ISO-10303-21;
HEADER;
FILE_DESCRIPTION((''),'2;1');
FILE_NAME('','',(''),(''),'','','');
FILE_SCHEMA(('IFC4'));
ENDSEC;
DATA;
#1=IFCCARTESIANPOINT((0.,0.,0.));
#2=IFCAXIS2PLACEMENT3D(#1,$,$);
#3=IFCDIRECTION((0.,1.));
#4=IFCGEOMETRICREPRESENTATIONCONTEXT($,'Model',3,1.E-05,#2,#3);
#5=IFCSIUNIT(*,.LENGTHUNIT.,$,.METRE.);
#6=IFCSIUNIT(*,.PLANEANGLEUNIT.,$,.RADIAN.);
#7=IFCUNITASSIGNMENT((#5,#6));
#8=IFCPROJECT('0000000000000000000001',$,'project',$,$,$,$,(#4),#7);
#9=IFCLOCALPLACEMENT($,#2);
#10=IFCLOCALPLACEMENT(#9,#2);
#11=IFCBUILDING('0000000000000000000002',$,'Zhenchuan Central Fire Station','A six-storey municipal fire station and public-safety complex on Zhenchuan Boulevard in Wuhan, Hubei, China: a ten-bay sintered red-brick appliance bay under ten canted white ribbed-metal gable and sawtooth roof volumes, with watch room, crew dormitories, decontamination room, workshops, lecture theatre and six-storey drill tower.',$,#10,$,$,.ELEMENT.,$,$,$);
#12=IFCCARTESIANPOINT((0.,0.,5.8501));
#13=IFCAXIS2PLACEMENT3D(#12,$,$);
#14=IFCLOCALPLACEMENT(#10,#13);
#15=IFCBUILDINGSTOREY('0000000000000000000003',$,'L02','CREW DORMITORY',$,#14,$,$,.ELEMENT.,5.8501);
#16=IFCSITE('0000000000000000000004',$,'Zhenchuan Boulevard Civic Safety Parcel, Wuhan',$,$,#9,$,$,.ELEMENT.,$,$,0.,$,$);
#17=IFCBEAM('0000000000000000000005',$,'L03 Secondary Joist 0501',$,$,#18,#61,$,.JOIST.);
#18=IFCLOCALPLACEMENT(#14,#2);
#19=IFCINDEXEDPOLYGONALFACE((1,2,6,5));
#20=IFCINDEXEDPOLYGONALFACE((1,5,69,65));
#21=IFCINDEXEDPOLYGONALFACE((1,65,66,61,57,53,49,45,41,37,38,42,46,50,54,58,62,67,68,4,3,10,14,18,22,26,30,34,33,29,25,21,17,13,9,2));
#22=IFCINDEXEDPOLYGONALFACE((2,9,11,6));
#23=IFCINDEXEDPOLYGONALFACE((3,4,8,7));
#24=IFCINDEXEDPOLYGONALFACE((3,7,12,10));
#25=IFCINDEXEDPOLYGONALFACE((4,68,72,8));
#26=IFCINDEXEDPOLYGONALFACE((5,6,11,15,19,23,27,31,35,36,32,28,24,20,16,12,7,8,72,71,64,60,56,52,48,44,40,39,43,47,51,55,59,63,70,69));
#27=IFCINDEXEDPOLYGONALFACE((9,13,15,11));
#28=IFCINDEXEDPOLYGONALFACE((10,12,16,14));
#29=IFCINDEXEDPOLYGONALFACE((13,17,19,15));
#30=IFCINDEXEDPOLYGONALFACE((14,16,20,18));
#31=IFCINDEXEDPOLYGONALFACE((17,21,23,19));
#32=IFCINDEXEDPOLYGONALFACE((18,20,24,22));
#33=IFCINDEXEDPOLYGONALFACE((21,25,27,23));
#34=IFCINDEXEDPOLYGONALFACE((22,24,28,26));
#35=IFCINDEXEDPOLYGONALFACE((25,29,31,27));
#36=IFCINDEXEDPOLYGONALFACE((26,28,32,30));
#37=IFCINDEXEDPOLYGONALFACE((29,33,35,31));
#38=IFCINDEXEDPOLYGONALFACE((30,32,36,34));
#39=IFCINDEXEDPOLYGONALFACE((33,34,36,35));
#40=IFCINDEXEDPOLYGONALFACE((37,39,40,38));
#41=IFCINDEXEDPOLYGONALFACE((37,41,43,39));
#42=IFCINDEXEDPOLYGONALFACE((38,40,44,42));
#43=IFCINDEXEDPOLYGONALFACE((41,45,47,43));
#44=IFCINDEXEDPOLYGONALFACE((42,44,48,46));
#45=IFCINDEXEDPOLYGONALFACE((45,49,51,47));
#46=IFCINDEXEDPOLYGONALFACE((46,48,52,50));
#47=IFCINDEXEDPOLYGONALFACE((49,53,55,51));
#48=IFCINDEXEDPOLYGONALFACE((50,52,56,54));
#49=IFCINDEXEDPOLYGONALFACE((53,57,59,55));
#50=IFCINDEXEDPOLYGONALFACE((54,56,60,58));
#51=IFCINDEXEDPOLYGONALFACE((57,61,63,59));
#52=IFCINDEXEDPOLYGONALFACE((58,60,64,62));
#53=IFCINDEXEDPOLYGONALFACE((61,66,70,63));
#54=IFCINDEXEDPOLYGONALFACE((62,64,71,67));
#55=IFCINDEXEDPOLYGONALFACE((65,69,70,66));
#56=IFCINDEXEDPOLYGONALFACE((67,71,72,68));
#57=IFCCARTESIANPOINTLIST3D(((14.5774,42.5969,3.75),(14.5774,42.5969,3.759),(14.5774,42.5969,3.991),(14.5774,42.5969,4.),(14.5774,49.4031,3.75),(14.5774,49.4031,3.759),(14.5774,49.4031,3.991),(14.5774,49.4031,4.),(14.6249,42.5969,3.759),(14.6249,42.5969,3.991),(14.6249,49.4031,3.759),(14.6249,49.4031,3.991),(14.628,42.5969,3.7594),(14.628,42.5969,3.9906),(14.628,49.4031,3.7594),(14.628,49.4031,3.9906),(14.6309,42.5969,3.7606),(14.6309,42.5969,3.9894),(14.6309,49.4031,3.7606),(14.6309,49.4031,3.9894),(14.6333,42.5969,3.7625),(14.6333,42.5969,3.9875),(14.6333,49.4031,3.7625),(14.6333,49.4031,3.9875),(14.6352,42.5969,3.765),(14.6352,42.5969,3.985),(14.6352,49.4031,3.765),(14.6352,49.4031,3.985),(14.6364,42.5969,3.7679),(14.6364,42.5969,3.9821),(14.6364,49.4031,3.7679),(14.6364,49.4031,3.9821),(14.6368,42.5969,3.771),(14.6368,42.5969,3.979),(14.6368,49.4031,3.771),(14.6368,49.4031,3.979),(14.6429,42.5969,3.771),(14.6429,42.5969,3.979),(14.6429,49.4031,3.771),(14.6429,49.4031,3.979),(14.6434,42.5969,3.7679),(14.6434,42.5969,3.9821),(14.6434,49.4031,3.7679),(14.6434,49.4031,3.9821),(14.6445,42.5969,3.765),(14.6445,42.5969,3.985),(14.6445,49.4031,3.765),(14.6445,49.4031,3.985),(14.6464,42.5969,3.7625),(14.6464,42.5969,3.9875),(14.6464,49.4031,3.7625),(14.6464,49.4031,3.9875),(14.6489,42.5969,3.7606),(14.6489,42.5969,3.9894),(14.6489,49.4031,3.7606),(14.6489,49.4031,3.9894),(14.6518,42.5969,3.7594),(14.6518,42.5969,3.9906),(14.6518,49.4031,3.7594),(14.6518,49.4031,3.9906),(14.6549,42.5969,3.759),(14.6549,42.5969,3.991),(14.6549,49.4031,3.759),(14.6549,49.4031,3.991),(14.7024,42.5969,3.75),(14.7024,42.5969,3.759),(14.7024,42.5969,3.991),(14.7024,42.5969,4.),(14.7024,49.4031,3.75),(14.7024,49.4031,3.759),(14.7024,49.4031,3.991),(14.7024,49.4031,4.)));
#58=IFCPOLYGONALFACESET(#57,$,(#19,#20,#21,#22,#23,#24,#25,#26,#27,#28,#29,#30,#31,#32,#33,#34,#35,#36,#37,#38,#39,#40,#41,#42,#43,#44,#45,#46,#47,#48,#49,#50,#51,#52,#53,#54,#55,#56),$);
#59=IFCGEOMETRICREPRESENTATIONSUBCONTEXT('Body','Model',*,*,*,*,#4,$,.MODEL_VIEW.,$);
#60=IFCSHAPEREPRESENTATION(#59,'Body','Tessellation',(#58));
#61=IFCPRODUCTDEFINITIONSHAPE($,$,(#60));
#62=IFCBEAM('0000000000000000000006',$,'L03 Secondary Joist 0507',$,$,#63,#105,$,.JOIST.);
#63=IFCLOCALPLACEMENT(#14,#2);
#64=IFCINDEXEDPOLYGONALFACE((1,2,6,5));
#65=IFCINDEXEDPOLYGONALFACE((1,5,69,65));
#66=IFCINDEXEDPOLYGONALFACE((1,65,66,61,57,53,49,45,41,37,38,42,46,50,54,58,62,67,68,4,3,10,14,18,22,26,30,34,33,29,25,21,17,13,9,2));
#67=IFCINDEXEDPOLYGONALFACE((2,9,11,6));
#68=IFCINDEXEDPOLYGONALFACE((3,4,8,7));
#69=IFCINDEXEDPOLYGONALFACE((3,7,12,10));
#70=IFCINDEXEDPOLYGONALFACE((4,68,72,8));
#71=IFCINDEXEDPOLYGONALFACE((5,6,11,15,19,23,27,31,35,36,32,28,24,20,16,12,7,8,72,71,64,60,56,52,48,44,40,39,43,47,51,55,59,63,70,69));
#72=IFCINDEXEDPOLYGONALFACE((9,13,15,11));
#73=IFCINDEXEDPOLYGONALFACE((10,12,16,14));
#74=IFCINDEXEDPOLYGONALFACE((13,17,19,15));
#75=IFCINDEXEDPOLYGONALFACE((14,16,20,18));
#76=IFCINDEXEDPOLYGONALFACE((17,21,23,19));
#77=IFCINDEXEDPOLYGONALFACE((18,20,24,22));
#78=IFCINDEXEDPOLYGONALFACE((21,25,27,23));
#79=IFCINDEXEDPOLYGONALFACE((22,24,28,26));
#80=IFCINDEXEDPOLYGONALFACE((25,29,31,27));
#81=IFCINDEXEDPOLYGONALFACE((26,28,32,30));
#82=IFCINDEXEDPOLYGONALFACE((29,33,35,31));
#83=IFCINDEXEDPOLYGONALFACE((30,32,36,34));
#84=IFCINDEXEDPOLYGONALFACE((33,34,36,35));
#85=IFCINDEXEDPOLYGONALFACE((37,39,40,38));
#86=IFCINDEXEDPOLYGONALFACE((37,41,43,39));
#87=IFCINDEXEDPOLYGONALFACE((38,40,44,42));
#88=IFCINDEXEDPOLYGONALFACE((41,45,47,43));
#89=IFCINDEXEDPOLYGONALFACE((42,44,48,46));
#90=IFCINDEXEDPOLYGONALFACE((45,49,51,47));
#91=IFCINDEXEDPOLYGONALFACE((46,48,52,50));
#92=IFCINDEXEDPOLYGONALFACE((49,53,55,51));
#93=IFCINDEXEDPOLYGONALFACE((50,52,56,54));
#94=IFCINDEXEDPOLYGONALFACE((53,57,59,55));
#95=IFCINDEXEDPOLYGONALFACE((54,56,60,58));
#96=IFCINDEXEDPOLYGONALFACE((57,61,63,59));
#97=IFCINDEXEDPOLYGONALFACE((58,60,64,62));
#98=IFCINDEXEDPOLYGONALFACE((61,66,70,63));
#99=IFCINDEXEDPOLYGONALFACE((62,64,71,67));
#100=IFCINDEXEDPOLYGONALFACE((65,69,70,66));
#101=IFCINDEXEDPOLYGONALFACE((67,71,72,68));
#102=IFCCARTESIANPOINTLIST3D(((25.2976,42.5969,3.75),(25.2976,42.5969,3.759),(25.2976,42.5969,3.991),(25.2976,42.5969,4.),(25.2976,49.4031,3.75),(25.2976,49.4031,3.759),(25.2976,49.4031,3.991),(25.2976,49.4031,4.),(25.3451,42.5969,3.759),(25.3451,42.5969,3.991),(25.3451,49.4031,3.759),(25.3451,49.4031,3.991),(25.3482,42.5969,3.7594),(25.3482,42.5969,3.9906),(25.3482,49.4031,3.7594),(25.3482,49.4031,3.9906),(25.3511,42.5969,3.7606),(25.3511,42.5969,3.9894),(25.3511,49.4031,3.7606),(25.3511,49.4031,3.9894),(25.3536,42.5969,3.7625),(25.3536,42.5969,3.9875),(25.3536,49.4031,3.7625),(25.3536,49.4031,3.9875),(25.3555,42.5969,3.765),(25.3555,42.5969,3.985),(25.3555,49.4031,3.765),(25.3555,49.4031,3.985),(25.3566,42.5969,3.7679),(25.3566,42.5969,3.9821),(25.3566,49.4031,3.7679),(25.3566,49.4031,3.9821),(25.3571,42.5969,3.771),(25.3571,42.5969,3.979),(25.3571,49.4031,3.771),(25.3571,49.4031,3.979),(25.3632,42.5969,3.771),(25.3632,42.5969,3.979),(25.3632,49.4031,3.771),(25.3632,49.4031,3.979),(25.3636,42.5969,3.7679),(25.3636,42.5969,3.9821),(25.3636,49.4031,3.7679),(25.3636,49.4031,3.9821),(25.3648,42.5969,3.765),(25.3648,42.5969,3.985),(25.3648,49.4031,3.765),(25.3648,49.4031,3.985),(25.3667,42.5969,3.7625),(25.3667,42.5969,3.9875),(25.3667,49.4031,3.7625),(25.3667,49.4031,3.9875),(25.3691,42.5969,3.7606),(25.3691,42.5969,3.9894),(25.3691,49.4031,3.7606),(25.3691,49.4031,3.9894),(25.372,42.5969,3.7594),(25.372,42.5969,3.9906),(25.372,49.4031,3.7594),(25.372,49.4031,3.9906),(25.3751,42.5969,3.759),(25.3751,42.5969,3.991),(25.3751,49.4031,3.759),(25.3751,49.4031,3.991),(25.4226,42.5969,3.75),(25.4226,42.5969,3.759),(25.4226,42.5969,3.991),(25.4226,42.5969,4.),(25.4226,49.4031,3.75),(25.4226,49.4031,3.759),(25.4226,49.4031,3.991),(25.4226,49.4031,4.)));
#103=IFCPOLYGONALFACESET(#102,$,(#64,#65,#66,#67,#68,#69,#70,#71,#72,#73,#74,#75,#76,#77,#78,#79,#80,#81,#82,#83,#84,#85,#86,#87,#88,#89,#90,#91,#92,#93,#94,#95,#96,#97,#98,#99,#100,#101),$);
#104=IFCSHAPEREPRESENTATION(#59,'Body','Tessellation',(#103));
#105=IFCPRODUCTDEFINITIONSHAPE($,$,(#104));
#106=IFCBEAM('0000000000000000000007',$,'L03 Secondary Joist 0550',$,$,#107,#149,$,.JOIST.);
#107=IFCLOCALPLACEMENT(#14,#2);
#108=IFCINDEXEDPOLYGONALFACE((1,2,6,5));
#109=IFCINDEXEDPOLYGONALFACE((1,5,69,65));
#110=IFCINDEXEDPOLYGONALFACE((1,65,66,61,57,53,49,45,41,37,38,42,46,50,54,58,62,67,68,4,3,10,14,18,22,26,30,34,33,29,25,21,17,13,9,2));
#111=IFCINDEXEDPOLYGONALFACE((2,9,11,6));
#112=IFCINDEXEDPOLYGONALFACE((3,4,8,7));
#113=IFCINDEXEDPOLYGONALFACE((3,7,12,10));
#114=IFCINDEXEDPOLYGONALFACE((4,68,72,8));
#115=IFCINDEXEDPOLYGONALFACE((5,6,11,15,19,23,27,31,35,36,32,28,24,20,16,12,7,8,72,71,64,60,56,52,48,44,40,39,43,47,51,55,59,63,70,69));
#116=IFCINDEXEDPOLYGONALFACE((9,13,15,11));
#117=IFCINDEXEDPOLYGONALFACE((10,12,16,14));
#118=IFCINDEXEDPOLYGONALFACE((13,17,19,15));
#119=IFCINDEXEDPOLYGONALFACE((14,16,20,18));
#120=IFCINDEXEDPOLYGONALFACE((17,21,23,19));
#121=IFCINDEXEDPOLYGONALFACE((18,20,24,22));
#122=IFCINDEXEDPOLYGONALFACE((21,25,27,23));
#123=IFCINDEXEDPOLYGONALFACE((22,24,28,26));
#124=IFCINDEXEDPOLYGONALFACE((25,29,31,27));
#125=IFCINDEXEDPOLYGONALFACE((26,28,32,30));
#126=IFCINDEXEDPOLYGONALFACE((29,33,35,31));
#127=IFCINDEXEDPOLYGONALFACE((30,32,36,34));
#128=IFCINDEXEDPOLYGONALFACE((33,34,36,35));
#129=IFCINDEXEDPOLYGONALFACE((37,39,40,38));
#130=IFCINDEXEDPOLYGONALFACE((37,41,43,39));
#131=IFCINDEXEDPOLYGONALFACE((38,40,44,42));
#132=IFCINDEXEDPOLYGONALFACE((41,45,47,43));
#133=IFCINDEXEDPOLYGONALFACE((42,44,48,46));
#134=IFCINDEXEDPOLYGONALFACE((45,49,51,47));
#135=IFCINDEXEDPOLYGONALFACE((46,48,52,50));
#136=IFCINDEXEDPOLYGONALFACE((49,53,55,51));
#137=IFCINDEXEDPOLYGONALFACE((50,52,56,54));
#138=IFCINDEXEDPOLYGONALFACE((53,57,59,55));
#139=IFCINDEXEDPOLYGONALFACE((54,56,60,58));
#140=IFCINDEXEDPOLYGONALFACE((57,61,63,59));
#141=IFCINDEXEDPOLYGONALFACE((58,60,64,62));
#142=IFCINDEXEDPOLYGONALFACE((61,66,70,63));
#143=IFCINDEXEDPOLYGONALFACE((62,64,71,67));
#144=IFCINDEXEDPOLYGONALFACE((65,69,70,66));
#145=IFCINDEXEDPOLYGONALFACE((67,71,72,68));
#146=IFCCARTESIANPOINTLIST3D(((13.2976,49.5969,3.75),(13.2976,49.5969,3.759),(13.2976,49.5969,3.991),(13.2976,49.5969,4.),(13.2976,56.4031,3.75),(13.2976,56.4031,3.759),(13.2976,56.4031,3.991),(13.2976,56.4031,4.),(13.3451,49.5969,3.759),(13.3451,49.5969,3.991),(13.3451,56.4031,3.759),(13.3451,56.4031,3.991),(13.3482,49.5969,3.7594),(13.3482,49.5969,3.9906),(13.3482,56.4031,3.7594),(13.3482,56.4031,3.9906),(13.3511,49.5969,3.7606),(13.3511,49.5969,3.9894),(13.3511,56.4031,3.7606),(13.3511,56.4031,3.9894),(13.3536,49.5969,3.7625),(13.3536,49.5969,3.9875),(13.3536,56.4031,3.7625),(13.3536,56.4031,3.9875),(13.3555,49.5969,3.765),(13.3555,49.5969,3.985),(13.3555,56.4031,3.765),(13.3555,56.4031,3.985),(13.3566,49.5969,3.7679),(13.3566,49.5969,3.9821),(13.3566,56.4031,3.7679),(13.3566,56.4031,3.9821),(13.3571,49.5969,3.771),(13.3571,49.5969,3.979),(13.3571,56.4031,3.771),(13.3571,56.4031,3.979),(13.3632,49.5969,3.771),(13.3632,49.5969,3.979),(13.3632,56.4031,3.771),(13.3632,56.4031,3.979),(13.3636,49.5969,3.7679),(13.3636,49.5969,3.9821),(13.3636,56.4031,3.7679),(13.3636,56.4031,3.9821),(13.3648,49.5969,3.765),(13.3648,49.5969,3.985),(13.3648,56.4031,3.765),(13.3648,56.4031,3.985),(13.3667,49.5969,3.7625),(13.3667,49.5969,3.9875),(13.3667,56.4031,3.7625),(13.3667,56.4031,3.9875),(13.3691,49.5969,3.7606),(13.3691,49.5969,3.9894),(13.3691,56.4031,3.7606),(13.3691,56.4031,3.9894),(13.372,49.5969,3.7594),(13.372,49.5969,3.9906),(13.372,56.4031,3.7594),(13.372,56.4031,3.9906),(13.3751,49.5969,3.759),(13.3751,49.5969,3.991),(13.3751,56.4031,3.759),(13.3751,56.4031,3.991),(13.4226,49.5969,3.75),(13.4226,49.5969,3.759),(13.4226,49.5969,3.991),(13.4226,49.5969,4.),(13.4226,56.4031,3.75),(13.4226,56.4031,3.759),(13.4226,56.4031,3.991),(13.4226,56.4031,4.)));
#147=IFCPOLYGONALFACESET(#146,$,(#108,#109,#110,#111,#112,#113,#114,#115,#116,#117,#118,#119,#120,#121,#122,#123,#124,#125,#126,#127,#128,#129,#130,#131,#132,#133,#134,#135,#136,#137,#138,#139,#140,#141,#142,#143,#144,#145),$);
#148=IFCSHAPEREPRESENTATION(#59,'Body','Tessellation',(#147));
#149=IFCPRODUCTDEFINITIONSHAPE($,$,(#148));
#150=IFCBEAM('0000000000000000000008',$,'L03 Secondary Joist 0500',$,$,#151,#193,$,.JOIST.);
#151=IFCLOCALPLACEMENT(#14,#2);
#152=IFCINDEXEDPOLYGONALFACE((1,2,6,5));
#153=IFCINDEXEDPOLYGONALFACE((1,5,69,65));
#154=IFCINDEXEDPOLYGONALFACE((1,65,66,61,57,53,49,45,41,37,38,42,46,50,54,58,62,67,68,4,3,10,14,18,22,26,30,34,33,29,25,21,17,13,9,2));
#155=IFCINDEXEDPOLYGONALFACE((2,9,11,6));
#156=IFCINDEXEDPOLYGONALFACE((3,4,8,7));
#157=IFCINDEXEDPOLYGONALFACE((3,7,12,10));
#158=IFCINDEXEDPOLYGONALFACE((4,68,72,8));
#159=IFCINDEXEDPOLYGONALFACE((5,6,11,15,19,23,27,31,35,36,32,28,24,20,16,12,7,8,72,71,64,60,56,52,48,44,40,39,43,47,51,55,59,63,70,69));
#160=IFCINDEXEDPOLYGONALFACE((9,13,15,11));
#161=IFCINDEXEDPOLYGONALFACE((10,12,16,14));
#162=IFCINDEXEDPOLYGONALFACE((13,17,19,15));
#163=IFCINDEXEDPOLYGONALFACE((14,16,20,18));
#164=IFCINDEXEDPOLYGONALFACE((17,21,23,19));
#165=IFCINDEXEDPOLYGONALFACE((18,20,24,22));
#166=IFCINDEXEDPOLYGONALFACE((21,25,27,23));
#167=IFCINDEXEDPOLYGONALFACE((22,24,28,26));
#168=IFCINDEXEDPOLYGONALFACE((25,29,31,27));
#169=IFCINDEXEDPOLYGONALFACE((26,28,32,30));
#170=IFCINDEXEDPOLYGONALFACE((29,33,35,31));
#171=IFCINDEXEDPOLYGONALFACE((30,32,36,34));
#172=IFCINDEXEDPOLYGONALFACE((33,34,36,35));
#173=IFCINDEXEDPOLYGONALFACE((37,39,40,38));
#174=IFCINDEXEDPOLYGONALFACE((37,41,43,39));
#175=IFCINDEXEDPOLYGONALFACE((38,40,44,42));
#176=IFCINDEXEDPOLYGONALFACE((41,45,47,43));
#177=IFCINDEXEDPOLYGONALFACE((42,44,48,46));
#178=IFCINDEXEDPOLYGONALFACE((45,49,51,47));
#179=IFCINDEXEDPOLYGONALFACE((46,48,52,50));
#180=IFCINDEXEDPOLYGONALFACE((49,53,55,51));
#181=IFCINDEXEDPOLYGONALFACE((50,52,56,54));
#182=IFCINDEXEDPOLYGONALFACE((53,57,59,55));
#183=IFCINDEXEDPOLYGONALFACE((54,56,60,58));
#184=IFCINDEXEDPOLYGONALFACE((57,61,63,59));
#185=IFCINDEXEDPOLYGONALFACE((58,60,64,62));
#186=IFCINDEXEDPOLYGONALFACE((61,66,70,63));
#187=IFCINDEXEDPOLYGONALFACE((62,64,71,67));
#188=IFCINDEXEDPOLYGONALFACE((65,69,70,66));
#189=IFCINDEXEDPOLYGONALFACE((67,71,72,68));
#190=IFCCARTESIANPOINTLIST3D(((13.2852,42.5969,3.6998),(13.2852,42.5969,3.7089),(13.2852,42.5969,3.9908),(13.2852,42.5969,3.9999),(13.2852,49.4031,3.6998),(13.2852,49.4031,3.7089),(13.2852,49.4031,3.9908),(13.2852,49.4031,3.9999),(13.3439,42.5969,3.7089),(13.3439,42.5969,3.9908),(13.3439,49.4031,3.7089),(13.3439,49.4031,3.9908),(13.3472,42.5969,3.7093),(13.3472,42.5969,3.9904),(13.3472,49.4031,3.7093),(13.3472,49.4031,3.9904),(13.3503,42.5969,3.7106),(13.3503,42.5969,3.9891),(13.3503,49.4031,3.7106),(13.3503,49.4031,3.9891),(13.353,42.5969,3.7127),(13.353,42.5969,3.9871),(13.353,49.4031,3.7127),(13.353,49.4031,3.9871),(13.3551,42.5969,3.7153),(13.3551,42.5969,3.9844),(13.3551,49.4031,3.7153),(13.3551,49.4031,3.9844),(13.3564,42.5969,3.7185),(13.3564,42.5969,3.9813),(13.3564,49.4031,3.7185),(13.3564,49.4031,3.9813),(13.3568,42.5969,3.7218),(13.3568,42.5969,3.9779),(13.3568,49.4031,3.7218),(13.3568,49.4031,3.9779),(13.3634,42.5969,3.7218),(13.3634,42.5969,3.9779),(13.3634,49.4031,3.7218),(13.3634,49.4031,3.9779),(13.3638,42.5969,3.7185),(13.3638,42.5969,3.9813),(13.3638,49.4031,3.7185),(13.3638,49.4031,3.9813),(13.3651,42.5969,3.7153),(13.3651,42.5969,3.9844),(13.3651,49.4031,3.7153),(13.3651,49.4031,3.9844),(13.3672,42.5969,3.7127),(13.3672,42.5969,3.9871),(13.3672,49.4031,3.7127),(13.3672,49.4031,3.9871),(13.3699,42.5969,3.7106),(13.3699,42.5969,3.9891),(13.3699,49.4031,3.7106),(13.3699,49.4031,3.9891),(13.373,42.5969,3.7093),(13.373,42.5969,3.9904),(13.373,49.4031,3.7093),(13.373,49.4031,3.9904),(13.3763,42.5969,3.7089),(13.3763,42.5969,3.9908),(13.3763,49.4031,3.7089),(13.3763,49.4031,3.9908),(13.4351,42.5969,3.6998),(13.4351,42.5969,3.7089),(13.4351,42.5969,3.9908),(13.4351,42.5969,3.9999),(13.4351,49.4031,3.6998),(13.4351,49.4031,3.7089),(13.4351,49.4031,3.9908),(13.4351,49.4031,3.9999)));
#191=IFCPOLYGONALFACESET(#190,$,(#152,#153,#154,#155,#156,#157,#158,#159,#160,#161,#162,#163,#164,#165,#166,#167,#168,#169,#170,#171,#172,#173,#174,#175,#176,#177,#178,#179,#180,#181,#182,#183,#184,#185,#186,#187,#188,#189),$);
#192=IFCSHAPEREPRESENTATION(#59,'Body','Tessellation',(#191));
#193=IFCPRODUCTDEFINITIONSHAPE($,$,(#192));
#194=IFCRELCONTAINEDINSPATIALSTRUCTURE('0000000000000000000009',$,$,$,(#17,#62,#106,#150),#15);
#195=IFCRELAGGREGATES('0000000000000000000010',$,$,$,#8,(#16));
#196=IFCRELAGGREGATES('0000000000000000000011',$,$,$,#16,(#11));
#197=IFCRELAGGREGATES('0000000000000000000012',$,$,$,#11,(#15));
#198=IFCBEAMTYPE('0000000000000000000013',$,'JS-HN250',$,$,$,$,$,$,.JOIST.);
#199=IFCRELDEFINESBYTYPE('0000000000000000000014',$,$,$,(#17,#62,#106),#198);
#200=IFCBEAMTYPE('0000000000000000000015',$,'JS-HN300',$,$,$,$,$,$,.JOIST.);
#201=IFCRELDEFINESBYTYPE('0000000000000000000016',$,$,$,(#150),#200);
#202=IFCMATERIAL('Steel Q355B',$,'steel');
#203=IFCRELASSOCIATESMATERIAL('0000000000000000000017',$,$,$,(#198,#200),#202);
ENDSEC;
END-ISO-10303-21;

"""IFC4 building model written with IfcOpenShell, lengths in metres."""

from ifc_helpers import new_model, si_unit, direction, frame, origin, origin_2d, place, context, subcontext, project, spatial, i_section, extrude, material, material_profile, profile_set, type_object, element, save


model = new_model("IFC4")

# Units and contexts
model_context = context("Model", 3, precision=1e-05, world=origin(), true_north=direction((0.0, 1.0)))
body_context = subcontext(model_context, "Body", "Model", "MODEL_VIEW")
ifc_project = project(units=[si_unit("LENGTHUNIT", "METRE"), si_unit("PLANEANGLEUNIT", "RADIAN")], contexts=[model_context])

# Site, building, storey
site_placement = place(None, origin())
site = spatial("IfcSite", under=ifc_project, at=site_placement, Name="Zhenchuan Boulevard Civic Safety Parcel, Wuhan", CompositionType="ELEMENT", RefElevation=0.0)
building_placement = place(site_placement, origin())
building = spatial("IfcBuilding", under=site, at=building_placement, Name="Zhenchuan Central Fire Station", Description="A six-storey municipal fire station and public-safety complex on Zhenchuan Boulevard in Wuhan, Hubei, China: a ten-bay sintered red-brick appliance bay under ten canted white ribbed-metal gable and sawtooth roof volumes, with watch room, crew dormitories, decontamination room, workshops, lecture theatre and six-storey drill tower.", CompositionType="ELEMENT")
storey_placement = place(building_placement, frame((0.0, 0.0, 5.8501)))
storey = spatial("IfcBuildingStorey", under=building, at=storey_placement, Name="L02", Description="CREW DORMITORY", CompositionType="ELEMENT", Elevation=5.8501)

# Shared definitions
ifc_material_1 = material(Name="Steel Q355B", Category="steel")

# Beams
ifc_material_profile_1 = material_profile(ifc_material_1, i_section(OverallWidth=0.125, OverallDepth=0.25, WebThickness=0.0061, FlangeThickness=0.009, FilletRadius=0.012, at=origin_2d()), Name="HN 250x125")
ifc_profile_set_1 = profile_set([ifc_material_profile_1], Name="Steel Q355B")
beam_type_1 = type_object("IfcBeamType", Name="JS-HN250", PredefinedType="JOIST", material=ifc_profile_set_1)
for number, where, z_axis, x_axis, name in (
    (1, (14.6399, 42.5969, 3.875), (0.0, 1.0, 0.0), (-1.0, 0.0, 0.0), "L03 Secondary Joist 0501"),
    (2, (25.3601, 42.5969, 3.875), (0.0, 1.0, 0.0), (-1.0, 0.0, 0.0), "L03 Secondary Joist 0507"),
    (3, (13.3601, 49.5969, 3.875), (0.0, 1.0, 0.0), (-1.0, 0.0, 0.0), "L03 Secondary Joist 0550"),
):
    element("IfcBeam", number, at=place(storey_placement, frame(where, z_axis=z_axis, x_axis=x_axis)), inside=storey, type_object=beam_type_1, Name=name, PredefinedType="JOIST", context=body_context, shape_type="SweptSolid", body=[
        extrude(i_section(OverallWidth=0.125, OverallDepth=0.25, WebThickness=0.0061, FlangeThickness=0.009, FilletRadius=0.012, at=origin_2d()), origin(), (0.0, 0.0, 1.0), 6.8062),
    ])
ifc_material_profile_2 = material_profile(ifc_material_1, i_section(OverallWidth=0.1499, OverallDepth=0.3, WebThickness=0.0066, FlangeThickness=0.009, FilletRadius=0.0129, at=origin_2d()), Name="HN 300x150")
ifc_profile_set_2 = profile_set([ifc_material_profile_2], Name="Steel Q355B")
beam_type_2 = type_object("IfcBeamType", Name="JS-HN300", PredefinedType="JOIST", material=ifc_profile_set_2)
beam_1_placement = place(storey_placement, frame((13.3601, 42.5969, 3.8499), z_axis=(0.0, 1.0, 0.0), x_axis=(-1.0, 0.0, 0.0)))
element("IfcBeam", 4, at=beam_1_placement, inside=storey, type_object=beam_type_2, Name="L03 Secondary Joist 0500", PredefinedType="JOIST", context=body_context, shape_type="SweptSolid", body=[
    extrude(i_section(OverallWidth=0.1499, OverallDepth=0.3, WebThickness=0.0066, FlangeThickness=0.009, FilletRadius=0.0129, at=origin_2d()), origin(), (0.0, 0.0, 1.0), 6.8062),
])

save(model, "model.ifc")
